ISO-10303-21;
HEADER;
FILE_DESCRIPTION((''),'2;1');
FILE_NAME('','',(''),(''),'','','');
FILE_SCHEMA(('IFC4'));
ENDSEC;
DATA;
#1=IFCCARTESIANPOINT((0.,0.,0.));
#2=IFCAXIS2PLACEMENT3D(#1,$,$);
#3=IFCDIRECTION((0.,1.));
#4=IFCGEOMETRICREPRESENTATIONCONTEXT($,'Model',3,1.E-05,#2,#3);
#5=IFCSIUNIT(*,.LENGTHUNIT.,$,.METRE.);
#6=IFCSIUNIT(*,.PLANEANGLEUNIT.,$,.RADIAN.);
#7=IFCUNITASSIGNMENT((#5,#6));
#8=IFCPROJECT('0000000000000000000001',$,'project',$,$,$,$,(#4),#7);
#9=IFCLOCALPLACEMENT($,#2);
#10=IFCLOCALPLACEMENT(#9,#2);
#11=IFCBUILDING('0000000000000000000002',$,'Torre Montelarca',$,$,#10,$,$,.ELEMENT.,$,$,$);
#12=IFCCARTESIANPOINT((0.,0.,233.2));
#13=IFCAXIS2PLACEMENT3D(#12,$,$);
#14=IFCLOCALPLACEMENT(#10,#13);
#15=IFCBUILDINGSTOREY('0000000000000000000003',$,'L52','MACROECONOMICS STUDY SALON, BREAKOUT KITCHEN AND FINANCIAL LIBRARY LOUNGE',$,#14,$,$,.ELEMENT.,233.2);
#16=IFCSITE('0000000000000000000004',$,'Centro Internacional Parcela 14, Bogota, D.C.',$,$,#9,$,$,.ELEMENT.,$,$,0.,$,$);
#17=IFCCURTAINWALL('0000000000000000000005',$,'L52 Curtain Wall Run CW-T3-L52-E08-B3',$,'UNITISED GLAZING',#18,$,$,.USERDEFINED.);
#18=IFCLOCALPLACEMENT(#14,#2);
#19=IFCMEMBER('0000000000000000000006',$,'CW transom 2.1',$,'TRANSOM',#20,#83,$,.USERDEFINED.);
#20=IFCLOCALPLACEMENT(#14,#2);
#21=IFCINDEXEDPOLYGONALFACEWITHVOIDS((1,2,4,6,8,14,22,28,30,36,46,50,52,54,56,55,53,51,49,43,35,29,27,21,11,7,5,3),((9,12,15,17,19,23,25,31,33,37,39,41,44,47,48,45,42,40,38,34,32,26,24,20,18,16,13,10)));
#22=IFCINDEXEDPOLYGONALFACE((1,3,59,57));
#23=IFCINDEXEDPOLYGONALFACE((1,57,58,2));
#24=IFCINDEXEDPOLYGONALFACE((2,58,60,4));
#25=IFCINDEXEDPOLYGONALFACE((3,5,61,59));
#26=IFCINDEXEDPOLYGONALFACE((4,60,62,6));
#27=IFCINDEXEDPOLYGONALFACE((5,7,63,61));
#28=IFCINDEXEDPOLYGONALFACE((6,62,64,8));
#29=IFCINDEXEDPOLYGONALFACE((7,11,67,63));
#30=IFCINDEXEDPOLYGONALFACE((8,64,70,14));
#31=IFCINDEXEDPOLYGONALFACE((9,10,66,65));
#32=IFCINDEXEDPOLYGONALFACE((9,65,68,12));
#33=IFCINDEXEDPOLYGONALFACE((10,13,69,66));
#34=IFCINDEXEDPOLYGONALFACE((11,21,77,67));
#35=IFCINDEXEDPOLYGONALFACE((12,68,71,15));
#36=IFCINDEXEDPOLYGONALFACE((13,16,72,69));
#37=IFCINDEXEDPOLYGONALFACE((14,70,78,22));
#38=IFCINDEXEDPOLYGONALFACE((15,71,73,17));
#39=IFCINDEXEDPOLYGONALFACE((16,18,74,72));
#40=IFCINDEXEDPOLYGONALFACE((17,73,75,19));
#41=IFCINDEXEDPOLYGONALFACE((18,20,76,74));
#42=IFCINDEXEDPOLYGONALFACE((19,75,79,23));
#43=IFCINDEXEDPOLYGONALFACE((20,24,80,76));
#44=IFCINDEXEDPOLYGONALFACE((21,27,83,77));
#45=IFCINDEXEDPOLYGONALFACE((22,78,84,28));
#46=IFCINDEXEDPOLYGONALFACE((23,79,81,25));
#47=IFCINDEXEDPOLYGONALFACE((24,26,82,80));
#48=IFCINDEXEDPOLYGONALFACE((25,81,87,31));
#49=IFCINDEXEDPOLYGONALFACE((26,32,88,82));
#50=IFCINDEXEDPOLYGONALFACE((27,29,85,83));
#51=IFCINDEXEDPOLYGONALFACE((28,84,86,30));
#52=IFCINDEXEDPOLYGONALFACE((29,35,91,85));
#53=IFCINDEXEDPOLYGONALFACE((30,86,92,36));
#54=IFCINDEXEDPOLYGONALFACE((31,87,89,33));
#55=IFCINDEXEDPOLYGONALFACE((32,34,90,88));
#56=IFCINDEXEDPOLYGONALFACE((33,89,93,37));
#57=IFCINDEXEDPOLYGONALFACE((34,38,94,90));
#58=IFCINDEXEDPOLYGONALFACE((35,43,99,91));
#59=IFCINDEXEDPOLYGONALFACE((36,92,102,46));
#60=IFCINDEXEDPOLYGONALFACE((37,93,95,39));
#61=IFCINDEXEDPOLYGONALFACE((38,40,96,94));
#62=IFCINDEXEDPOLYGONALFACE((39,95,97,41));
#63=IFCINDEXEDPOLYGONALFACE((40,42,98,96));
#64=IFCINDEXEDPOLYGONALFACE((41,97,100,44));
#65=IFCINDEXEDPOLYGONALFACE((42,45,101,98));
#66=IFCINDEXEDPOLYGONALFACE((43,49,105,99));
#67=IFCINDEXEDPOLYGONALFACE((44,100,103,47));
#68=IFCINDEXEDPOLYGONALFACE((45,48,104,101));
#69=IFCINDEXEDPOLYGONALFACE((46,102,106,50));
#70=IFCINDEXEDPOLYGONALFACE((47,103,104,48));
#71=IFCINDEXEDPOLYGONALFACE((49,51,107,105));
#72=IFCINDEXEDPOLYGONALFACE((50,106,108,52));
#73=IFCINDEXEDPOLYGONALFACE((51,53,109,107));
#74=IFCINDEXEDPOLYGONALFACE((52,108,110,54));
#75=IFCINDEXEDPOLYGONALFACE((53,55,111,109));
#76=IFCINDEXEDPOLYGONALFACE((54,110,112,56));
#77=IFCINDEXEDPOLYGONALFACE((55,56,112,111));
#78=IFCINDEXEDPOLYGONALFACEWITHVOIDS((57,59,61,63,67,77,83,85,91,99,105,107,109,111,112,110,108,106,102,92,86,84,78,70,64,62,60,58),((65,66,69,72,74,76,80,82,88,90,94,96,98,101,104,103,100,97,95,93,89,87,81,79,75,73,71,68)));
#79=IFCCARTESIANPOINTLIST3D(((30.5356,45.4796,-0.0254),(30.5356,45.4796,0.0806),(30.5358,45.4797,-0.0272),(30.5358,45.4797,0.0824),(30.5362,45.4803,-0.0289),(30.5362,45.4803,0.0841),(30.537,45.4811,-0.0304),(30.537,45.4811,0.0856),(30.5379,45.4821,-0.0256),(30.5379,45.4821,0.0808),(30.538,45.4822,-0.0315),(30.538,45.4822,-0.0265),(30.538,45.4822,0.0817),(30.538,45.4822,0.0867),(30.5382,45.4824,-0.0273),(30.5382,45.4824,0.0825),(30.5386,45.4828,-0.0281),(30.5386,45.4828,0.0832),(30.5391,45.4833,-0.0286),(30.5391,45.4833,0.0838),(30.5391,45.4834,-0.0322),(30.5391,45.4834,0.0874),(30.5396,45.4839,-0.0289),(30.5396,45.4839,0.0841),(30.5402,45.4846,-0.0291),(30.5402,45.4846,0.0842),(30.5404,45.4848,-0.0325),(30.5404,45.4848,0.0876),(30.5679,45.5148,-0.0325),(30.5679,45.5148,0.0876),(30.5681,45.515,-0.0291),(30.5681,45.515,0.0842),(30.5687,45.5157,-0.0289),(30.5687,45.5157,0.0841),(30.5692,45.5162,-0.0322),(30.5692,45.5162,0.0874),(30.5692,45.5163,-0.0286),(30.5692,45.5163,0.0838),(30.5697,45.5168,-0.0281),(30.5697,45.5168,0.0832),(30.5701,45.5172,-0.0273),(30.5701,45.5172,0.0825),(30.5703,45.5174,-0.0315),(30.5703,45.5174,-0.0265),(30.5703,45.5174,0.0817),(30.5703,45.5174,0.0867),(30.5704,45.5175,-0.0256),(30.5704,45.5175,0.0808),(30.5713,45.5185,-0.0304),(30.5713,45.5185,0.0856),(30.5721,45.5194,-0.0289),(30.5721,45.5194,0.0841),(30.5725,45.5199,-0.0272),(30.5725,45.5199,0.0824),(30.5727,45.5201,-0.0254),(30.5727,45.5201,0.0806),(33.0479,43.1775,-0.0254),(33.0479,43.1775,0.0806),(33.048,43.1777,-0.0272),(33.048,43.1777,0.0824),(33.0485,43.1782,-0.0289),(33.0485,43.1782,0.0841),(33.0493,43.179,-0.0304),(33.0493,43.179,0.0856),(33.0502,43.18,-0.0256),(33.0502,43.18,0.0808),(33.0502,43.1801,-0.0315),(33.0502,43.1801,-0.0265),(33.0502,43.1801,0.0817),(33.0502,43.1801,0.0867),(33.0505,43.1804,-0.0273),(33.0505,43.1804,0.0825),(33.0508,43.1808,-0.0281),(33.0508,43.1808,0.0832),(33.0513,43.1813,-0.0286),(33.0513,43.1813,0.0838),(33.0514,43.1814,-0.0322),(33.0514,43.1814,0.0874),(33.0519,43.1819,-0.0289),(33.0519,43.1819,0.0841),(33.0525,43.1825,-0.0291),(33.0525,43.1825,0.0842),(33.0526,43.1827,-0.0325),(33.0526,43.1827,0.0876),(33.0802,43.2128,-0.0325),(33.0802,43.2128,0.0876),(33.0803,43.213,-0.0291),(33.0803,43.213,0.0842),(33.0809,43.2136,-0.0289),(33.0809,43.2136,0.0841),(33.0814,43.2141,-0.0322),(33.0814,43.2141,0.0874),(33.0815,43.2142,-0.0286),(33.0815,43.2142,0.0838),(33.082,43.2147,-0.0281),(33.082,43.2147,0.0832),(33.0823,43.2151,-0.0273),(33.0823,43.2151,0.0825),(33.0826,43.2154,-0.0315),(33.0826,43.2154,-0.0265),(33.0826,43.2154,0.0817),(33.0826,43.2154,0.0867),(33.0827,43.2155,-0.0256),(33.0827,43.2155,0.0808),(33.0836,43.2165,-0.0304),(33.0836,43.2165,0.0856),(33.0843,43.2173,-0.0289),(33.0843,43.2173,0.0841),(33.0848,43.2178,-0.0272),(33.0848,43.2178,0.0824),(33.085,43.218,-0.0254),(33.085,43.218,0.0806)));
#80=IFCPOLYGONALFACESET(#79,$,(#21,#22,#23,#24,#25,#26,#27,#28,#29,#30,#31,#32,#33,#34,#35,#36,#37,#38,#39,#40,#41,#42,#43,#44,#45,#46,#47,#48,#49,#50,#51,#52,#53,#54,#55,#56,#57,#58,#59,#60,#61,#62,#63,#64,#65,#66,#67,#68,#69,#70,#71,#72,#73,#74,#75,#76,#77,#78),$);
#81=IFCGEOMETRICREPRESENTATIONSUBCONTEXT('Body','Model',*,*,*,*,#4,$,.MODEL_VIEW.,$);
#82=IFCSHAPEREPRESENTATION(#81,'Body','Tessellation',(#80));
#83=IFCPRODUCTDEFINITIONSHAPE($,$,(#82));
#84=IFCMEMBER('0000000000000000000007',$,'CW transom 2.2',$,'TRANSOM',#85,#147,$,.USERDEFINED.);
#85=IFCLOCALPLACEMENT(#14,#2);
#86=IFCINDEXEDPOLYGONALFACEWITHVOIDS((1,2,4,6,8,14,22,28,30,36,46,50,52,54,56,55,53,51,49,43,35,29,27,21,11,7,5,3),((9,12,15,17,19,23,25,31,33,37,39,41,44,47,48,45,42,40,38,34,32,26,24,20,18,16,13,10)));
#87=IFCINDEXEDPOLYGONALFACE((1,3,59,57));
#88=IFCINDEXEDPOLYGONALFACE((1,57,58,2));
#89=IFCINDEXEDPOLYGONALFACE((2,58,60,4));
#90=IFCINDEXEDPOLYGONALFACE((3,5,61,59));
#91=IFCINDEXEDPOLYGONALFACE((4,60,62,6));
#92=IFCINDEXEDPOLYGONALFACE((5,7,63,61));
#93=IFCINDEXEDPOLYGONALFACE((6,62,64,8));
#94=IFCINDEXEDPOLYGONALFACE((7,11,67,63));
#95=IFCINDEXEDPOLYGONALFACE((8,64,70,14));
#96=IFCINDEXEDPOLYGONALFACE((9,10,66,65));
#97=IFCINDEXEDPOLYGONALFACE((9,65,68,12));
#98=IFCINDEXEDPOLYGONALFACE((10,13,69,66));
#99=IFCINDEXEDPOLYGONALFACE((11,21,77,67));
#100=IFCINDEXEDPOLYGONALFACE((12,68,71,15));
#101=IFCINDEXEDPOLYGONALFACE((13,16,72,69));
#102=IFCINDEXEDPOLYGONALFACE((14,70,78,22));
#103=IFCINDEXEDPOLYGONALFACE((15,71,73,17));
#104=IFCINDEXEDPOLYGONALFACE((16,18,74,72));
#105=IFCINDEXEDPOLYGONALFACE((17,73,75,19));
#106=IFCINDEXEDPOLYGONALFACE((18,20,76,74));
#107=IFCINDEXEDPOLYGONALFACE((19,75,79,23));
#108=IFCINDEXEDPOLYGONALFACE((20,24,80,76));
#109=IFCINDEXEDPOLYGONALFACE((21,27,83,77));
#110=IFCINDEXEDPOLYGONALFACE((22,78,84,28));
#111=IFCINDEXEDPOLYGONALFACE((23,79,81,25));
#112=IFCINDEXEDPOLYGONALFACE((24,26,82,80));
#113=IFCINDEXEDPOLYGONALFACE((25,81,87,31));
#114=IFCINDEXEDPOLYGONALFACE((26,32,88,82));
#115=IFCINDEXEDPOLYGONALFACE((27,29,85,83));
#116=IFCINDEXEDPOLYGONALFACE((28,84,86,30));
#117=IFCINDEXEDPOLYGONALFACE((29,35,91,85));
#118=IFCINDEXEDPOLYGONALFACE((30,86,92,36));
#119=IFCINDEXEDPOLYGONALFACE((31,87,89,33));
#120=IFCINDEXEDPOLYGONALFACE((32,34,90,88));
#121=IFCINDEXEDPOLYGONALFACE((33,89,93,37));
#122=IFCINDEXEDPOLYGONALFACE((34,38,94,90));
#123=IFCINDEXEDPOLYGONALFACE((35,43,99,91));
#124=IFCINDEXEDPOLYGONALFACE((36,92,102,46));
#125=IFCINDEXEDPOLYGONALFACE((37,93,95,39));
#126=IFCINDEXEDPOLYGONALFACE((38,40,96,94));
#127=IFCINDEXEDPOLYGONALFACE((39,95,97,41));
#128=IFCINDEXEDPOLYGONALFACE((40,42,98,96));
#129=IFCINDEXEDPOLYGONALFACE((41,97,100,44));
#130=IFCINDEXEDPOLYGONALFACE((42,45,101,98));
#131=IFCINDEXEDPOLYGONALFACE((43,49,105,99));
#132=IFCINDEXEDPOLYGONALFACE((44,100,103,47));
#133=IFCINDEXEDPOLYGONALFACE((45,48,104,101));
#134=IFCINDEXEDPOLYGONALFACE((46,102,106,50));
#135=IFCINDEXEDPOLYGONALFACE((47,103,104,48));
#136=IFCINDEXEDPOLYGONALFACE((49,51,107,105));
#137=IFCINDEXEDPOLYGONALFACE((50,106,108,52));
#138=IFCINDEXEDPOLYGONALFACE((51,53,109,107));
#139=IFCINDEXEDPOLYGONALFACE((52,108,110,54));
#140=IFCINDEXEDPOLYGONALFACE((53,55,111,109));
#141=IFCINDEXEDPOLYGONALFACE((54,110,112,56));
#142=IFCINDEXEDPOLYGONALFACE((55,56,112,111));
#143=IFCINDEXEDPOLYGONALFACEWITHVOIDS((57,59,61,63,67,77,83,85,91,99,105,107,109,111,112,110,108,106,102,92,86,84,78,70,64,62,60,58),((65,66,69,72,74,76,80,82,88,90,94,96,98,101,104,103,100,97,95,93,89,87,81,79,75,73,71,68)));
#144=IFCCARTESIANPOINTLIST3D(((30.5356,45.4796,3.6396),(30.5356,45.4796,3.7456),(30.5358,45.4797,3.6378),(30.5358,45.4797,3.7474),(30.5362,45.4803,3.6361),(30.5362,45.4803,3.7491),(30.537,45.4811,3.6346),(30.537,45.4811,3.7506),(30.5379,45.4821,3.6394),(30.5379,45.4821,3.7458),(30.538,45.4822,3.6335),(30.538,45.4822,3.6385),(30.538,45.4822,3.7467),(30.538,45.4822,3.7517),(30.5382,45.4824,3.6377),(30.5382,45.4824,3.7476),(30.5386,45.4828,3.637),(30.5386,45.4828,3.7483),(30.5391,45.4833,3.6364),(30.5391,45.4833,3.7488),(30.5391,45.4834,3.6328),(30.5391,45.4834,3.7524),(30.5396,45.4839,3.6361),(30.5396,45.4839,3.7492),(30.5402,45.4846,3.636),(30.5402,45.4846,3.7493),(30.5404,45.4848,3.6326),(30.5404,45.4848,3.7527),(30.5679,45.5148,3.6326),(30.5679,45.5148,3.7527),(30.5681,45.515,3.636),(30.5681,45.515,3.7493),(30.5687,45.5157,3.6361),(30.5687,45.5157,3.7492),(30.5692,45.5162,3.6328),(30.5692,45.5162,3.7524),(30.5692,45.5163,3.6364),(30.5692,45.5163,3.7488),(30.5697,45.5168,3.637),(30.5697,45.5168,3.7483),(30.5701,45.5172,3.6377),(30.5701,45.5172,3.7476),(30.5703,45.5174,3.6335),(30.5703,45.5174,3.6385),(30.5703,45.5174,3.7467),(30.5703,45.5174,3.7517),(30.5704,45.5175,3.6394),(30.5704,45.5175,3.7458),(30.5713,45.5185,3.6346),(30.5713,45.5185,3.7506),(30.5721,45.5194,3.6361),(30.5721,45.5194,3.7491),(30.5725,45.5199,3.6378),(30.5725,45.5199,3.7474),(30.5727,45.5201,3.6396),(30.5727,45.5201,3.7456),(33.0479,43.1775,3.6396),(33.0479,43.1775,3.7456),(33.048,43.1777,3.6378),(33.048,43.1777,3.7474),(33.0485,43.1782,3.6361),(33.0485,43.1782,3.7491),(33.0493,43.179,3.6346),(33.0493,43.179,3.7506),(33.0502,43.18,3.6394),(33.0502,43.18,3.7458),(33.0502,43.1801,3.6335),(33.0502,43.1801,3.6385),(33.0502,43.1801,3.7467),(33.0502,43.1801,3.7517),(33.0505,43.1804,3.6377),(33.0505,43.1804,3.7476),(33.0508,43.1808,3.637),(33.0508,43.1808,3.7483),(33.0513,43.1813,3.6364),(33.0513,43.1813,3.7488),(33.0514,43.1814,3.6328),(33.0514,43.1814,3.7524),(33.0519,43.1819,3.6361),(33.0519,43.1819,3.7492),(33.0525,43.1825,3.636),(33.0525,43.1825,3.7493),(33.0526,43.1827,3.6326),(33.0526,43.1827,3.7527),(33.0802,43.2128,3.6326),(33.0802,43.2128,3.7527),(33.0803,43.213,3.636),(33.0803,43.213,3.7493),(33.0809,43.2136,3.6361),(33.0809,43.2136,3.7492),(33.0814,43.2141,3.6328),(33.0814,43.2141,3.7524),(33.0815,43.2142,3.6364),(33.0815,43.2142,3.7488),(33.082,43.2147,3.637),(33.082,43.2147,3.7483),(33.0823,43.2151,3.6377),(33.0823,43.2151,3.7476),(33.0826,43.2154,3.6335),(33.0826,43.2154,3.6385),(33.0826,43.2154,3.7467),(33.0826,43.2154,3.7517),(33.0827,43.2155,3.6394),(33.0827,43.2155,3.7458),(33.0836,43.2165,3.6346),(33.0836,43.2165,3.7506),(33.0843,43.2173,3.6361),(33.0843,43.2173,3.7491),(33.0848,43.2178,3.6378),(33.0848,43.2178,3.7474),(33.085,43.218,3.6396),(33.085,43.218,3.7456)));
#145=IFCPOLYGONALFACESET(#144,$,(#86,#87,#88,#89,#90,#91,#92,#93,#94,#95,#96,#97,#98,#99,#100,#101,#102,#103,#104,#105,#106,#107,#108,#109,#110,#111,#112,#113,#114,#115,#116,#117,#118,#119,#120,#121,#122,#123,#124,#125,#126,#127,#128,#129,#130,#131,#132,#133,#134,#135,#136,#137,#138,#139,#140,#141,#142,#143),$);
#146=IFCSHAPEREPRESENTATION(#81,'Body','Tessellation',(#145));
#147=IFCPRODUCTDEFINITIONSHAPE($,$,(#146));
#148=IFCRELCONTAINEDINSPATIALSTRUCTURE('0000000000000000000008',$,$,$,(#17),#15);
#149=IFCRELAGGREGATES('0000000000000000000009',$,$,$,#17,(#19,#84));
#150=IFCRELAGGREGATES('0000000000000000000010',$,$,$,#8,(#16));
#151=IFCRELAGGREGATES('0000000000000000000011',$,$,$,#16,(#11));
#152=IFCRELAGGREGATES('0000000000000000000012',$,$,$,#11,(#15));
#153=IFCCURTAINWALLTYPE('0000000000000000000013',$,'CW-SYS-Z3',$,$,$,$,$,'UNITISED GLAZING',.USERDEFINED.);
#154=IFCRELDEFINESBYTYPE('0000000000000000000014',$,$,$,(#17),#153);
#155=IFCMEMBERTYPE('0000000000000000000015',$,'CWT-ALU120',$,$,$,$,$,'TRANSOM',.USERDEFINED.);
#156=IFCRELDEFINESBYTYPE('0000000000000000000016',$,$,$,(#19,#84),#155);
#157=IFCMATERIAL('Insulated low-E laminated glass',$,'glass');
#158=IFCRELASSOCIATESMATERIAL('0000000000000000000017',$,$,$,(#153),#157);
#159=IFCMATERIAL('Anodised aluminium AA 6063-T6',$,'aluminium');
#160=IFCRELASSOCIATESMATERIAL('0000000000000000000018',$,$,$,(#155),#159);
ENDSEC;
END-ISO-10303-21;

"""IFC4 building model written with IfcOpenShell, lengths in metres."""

from ifc_helpers import new_model, si_unit, direction, frame, origin, origin_2d, place, context, subcontext, project, spatial, hollow_rectangle, extrude, source, transform, mapped, material, material_profile, profile_set, type_object, element, aggregate, save


model = new_model("IFC4")

# Units and contexts
model_context = context("Model", 3, precision=1e-05, world=origin(), true_north=direction((0.0, 1.0)))
body_context = subcontext(model_context, "Body", "Model", "MODEL_VIEW")
ifc_project = project(units=[si_unit("LENGTHUNIT", "METRE"), si_unit("PLANEANGLEUNIT", "RADIAN")], contexts=[model_context])

# Site, building, storey
site_placement = place(None, origin())
site = spatial("IfcSite", under=ifc_project, at=site_placement, Name="Centro Internacional Parcela 14, Bogota, D.C.", CompositionType="ELEMENT", RefElevation=0.0)
building_placement = place(site_placement, origin())
building = spatial("IfcBuilding", under=site, at=building_placement, Name="Torre Montelarca", CompositionType="ELEMENT")
storey_placement = place(building_placement, frame((0.0, 0.0, 233.2)))
storey = spatial("IfcBuildingStorey", under=building, at=storey_placement, Name="L52", Description="MACROECONOMICS STUDY SALON, BREAKOUT KITCHEN AND FINANCIAL LIBRARY LOUNGE", CompositionType="ELEMENT", Elevation=233.2)

# Curtain wall, members
ifc_material_1 = material(Name="Insulated low-E laminated glass", Category="glass")
curtain_wall_type = type_object("IfcCurtainWallType", Name="CW-SYS-Z3", ElementType="UNITISED GLAZING", PredefinedType="USERDEFINED", material=ifc_material_1)
ifc_material_2 = material(Name="Anodised aluminium AA 6063-T6", Category="aluminium")
ifc_material_profile_1 = material_profile(ifc_material_2, hollow_rectangle(XDim=0.0549, YDim=0.1201, WallThickness=0.0034, InnerFilletRadius=0.0034, OuterFilletRadius=0.0071, at=origin_2d()), Name="ALU55X120X3.5", Category="aluminium")
ifc_profile_set_1 = profile_set([ifc_material_profile_1], Name="Anodised aluminium AA 6063-T6")
member_type_1 = type_object("IfcMemberType", Name="CWT-ALU120", ElementType="TRANSOM", PredefinedType="USERDEFINED", material=ifc_profile_set_1)
shared_shape_1 = source(origin(), body_context, "Body", "SweptSolid", [
    extrude(hollow_rectangle(XDim=0.0549, YDim=0.1201, WallThickness=0.0034, InnerFilletRadius=0.0034, OuterFilletRadius=0.0071, at=origin_2d()), origin(), (0.0, 0.0, 1.0), 3.4075),
])
curtain_wall_1_placement = place(storey_placement, origin())
curtain_wall_1 = element("IfcCurtainWall", 1, at=curtain_wall_1_placement, inside=storey, type_object=curtain_wall_type, Name="L52 Curtain Wall Run CW-T3-L52-E08-B3", ObjectType="UNITISED GLAZING", PredefinedType="USERDEFINED")
member_1_placement = place(storey_placement, frame((33.0664, 43.1978, 0.0276), z_axis=(-0.737279, 0.675588, 0.0), x_axis=(-0.675588, -0.737279, 0.0)))
member_1 = element("IfcMember", 2, at=member_1_placement, type_object=member_type_1, Name="CW transom 2.1", ObjectType="TRANSOM", PredefinedType="USERDEFINED", context=body_context, shape_type="MappedRepresentation", body=[
    mapped(shared_shape_1, transform((0.0, 0.0, 0.0), scale=1.0)),
])
member_2_placement = place(storey_placement, frame((33.0664, 43.1978, 3.6926), z_axis=(-0.737279, 0.675588, 0.0), x_axis=(-0.675588, -0.737279, 0.0)))
member_2 = element("IfcMember", 3, at=member_2_placement, type_object=member_type_1, Name="CW transom 2.2", ObjectType="TRANSOM", PredefinedType="USERDEFINED", context=body_context, shape_type="MappedRepresentation", body=[
    mapped(shared_shape_1, transform((0.0, 0.0, 0.0), scale=1.0)),
])

aggregate(curtain_wall_1, [member_1, member_2])

save(model, "model.ifc")
